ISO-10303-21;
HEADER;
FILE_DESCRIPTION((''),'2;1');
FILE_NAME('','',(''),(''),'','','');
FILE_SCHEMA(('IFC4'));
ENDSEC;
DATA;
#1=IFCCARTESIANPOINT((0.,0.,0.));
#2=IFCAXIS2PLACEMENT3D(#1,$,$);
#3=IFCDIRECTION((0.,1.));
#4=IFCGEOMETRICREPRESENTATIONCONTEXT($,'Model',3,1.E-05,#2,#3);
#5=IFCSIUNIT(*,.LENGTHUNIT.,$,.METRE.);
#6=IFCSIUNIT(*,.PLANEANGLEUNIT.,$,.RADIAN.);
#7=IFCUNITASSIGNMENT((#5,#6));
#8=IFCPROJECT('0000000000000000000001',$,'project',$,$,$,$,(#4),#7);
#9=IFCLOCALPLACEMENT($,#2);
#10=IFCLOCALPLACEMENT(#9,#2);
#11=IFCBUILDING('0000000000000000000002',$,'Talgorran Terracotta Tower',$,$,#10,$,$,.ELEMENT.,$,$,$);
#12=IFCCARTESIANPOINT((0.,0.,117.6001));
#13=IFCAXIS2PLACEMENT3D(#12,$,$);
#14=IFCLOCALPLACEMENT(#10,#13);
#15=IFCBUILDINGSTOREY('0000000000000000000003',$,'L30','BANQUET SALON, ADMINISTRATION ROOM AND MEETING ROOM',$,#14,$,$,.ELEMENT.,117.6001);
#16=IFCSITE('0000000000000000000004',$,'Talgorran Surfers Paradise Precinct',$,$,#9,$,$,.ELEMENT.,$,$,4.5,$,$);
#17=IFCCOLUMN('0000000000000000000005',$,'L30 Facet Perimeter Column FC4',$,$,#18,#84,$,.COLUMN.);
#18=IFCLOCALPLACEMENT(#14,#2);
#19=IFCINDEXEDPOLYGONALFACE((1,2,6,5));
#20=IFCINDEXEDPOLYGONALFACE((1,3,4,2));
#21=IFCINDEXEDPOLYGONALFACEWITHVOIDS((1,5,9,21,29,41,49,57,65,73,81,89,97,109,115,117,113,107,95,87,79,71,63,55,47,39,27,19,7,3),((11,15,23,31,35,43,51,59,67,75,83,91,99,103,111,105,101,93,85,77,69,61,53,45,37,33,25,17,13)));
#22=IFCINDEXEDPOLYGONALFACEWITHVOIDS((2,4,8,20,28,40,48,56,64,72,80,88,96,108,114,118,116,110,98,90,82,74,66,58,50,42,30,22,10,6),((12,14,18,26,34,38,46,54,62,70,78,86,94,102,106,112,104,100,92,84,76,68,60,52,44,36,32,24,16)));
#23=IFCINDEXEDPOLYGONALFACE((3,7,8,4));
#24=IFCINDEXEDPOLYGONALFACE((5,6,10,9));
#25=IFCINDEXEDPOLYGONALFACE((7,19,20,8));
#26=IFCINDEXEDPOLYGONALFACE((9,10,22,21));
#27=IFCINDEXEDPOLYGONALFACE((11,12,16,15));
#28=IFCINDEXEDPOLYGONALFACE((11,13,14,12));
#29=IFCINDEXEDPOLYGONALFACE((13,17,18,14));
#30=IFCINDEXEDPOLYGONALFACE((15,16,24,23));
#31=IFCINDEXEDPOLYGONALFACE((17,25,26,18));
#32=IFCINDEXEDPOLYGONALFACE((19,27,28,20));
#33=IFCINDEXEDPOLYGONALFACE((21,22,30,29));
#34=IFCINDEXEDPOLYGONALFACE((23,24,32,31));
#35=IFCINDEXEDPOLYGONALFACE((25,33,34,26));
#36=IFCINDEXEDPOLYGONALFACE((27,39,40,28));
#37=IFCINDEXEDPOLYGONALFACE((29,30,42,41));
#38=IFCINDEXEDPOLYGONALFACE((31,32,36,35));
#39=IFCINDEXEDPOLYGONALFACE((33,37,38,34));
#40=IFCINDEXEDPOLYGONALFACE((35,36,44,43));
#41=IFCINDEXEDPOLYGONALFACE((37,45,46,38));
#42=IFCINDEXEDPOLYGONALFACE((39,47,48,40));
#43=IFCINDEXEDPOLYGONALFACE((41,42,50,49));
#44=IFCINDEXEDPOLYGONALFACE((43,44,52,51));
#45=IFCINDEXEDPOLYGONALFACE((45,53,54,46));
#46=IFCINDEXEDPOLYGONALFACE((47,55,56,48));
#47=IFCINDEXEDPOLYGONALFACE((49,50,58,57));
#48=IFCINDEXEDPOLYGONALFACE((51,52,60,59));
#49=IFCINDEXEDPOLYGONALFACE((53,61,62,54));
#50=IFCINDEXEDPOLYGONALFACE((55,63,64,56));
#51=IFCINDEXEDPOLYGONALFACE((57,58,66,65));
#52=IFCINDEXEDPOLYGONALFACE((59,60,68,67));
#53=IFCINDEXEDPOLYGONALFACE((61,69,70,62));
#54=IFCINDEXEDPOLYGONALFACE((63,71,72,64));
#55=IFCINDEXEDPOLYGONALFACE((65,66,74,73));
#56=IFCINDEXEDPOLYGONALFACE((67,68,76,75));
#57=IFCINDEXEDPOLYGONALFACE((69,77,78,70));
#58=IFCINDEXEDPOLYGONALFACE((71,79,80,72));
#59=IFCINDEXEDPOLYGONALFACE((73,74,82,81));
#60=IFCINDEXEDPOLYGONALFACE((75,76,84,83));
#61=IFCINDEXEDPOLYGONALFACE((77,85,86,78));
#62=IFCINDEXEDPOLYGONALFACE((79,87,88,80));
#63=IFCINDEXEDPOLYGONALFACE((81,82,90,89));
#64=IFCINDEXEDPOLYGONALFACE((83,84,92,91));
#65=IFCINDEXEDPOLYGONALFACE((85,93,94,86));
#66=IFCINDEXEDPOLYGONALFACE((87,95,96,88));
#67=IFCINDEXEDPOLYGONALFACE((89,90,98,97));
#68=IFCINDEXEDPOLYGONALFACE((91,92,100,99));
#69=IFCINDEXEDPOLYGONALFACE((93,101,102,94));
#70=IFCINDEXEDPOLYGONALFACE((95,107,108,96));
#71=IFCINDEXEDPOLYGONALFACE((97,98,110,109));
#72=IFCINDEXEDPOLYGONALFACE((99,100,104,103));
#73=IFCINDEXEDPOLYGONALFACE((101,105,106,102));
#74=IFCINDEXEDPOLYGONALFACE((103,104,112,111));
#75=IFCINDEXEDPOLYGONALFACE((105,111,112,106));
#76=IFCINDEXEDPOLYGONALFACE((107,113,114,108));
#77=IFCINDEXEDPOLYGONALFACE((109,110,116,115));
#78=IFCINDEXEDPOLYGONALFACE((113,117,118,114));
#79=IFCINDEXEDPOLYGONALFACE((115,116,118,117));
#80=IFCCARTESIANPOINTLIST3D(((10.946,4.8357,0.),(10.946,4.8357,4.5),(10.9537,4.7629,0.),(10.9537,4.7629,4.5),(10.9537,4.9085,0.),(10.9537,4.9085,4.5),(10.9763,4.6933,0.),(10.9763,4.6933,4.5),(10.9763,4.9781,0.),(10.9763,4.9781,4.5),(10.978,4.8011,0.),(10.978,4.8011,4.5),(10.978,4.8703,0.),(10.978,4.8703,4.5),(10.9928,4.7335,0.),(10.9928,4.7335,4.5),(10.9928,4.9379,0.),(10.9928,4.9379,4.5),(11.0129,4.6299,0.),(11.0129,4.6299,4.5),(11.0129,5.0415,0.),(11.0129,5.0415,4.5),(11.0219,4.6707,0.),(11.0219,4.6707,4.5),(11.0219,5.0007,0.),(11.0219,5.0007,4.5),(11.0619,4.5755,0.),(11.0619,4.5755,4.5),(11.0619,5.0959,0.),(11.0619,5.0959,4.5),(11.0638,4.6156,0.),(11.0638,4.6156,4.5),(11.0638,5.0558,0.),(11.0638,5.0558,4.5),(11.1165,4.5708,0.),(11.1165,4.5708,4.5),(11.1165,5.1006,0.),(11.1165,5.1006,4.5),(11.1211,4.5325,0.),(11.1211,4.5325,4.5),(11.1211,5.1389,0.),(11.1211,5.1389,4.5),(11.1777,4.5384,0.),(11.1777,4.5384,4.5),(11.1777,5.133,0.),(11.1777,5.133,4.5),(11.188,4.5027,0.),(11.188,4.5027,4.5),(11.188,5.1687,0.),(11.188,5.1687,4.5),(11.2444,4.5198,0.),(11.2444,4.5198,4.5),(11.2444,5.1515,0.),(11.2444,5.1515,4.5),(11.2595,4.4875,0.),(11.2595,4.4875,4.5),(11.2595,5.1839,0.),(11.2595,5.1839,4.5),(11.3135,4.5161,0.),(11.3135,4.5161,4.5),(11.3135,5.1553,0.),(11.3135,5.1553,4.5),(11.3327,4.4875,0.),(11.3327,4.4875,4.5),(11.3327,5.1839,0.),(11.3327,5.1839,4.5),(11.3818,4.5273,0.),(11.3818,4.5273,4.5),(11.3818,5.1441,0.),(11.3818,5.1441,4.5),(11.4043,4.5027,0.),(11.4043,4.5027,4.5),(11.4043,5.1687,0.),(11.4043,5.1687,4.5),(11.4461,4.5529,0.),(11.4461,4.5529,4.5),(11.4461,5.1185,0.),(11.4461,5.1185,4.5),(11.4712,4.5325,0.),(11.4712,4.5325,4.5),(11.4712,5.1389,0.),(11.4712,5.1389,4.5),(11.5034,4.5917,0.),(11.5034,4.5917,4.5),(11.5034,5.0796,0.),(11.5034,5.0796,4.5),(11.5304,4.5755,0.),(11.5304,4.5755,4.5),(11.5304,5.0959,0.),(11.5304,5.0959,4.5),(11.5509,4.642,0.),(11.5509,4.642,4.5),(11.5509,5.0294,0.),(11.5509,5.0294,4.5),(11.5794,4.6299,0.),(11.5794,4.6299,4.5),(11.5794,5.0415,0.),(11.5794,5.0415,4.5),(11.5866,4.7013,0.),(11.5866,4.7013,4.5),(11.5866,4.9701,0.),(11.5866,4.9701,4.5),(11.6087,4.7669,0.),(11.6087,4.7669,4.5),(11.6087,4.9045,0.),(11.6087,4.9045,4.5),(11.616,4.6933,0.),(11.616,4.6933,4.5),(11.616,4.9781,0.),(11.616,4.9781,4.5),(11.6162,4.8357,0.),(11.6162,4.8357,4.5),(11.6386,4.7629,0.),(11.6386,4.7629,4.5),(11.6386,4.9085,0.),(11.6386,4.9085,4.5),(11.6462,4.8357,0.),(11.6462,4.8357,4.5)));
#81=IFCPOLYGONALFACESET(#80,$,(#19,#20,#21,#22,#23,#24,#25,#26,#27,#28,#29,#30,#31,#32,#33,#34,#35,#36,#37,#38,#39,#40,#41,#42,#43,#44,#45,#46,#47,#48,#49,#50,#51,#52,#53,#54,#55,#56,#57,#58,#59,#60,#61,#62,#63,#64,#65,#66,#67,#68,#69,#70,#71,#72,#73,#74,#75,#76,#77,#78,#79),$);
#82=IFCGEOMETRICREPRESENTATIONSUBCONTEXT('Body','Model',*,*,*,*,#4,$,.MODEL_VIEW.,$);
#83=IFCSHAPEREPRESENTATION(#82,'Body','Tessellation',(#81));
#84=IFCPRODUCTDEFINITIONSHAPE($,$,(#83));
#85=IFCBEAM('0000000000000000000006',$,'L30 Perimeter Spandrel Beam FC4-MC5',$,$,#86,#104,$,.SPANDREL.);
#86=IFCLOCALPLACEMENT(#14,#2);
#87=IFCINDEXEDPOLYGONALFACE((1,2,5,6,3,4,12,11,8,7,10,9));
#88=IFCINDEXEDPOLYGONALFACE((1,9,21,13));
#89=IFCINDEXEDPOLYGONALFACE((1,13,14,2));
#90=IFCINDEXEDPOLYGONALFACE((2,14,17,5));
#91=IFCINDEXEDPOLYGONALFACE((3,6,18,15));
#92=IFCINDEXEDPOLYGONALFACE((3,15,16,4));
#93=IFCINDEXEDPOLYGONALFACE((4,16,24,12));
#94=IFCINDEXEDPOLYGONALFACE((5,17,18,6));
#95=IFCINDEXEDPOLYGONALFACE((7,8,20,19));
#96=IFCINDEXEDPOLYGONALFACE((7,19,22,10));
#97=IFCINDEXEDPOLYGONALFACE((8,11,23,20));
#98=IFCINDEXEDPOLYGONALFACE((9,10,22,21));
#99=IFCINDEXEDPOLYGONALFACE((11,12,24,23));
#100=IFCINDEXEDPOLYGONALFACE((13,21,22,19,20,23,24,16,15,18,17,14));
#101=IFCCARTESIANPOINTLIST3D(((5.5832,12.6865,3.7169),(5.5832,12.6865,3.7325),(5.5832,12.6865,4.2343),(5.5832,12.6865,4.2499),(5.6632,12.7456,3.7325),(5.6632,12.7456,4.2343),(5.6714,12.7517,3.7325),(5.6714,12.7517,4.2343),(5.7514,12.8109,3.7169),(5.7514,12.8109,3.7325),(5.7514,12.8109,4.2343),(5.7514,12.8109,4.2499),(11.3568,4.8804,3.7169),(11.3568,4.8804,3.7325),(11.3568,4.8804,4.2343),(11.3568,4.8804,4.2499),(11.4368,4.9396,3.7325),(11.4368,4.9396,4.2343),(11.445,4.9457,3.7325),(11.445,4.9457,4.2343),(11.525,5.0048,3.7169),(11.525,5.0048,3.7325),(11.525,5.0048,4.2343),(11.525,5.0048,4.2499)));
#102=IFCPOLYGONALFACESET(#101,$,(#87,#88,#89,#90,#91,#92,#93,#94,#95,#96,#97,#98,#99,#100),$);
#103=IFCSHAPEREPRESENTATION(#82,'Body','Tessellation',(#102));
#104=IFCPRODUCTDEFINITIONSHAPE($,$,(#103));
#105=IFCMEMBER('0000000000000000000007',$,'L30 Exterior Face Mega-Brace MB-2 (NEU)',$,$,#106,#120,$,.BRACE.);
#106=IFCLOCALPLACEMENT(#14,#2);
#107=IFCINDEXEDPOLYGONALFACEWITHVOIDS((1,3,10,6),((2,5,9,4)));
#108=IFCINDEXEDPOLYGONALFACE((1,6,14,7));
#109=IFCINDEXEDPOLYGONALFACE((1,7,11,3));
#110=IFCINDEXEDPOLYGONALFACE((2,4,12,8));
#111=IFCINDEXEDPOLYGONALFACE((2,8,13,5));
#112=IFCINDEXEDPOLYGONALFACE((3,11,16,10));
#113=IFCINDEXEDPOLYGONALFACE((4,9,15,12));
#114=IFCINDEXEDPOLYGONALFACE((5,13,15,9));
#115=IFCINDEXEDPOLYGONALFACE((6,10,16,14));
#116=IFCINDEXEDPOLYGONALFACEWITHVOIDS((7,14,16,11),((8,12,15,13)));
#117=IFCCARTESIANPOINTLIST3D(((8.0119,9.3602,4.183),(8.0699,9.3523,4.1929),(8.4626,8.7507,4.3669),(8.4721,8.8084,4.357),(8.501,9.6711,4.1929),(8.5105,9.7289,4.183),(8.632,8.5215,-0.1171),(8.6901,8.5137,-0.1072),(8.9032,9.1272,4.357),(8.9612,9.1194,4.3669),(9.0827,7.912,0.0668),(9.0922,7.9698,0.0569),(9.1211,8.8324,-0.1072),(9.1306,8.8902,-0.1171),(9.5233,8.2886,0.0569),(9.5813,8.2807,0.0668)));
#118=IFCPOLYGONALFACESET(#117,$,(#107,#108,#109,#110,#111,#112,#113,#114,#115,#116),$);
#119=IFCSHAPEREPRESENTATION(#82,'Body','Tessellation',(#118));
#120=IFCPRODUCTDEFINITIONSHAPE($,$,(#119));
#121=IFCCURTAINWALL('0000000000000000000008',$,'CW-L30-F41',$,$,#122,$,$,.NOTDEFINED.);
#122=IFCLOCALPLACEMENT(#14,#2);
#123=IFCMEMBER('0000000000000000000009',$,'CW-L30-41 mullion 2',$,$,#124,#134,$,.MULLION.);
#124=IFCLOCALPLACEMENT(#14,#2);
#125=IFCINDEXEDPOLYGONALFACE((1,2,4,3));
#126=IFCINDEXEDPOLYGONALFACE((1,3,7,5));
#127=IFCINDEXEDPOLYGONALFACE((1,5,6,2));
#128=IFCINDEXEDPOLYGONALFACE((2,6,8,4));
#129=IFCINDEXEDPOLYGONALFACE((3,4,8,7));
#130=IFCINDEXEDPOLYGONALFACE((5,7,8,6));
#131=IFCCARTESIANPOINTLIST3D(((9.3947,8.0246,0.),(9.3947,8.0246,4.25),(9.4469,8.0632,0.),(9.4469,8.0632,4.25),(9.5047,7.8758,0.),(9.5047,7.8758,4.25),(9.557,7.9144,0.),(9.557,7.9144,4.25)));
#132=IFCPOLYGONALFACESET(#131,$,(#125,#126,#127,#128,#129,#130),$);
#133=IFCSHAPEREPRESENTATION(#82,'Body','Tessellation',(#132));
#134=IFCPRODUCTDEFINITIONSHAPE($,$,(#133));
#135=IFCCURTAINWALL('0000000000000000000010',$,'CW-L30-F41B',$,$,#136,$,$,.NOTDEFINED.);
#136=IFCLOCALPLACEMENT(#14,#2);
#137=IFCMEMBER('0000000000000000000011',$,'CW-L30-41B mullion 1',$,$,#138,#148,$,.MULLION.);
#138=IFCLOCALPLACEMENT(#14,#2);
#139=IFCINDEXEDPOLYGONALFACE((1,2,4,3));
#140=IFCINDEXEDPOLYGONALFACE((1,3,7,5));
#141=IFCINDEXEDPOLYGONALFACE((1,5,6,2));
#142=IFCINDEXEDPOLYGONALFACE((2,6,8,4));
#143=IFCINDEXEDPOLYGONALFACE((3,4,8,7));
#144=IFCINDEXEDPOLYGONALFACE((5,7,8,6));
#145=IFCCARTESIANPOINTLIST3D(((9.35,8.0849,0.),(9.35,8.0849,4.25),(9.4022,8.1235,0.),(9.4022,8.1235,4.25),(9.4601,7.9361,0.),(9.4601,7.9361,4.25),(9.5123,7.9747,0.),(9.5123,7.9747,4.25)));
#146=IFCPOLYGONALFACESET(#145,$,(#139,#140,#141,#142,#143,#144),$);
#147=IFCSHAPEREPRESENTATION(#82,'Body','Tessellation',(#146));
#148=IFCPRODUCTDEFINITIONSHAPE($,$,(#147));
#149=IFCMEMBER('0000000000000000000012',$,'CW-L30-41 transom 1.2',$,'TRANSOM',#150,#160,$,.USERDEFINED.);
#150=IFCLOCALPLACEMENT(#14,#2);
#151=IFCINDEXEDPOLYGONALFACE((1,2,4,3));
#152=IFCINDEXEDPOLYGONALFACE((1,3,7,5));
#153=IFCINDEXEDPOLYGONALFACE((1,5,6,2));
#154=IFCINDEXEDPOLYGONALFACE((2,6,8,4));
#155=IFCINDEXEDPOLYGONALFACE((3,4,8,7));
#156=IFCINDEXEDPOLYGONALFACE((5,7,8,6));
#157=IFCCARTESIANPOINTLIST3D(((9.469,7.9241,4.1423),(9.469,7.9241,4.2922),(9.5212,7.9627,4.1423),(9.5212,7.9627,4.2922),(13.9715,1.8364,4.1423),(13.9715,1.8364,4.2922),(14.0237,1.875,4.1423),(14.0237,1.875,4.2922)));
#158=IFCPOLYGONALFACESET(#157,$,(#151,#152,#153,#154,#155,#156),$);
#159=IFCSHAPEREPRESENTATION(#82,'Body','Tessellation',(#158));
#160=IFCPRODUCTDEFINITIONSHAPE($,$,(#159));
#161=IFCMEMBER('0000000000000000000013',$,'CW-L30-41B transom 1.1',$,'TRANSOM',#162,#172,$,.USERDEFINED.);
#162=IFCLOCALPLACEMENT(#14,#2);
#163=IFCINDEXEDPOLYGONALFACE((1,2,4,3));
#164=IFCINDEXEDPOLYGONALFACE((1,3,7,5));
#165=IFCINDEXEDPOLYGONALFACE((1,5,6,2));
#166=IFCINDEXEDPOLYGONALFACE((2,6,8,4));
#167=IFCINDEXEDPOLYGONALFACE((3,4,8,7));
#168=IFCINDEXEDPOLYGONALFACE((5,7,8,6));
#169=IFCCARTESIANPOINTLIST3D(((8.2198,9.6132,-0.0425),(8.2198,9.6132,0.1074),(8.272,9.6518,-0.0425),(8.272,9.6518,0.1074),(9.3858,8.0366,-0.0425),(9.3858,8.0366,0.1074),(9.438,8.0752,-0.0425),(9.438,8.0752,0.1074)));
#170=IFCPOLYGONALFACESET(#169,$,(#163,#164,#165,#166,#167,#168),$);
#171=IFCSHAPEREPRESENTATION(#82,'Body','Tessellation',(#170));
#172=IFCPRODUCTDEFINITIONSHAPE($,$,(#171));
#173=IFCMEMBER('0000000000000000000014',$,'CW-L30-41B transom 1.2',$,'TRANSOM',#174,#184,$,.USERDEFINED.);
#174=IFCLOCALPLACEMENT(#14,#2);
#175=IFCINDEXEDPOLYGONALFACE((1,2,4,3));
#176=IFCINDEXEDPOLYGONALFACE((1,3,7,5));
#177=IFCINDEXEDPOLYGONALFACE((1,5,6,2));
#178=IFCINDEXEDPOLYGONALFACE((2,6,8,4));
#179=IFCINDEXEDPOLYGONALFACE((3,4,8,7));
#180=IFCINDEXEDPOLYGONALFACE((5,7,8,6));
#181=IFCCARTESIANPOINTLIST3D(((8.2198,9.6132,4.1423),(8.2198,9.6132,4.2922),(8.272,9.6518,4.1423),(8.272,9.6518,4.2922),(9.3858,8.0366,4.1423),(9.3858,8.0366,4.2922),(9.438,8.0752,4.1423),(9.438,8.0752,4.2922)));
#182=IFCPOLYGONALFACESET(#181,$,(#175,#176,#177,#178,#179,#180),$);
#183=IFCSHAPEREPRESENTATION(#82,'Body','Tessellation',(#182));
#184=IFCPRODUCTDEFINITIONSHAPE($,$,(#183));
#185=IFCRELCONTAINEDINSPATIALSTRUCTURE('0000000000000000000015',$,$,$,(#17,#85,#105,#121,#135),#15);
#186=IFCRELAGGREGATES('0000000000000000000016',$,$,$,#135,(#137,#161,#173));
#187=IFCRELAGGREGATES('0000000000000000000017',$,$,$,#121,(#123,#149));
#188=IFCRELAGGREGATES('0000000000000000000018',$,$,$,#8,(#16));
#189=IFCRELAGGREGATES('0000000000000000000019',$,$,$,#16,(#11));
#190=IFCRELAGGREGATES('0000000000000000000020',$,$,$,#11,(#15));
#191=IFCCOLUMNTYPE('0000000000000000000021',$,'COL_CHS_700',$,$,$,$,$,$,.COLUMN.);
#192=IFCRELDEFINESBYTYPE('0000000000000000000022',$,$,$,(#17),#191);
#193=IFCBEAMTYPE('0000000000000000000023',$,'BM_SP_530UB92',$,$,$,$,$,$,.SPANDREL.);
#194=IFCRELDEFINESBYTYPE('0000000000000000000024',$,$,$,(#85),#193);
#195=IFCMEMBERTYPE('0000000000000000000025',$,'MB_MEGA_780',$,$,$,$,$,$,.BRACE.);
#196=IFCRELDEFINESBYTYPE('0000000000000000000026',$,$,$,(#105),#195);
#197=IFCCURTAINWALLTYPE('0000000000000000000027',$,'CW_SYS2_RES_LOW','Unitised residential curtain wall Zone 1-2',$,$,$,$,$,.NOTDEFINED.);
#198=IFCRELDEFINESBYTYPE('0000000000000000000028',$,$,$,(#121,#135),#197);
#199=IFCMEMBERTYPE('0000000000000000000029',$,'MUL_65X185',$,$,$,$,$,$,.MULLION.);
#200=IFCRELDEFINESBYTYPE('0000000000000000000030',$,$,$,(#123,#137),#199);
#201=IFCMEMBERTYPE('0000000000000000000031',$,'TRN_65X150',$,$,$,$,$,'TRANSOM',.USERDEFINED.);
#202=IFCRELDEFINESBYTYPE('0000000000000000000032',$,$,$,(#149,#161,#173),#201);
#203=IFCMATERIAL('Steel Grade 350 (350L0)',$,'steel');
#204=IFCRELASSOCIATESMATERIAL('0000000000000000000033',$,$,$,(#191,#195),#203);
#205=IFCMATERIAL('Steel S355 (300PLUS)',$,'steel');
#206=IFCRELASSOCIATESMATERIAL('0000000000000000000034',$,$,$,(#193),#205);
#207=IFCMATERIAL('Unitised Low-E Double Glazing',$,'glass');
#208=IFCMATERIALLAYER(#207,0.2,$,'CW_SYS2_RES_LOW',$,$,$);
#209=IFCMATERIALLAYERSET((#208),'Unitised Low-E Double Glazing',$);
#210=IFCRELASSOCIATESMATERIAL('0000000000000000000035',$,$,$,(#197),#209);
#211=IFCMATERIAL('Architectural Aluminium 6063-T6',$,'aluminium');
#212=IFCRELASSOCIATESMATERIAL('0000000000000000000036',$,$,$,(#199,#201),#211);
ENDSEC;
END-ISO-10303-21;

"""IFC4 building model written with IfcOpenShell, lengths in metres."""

from ifc_helpers import new_model, si_unit, direction, frame, origin, origin_2d, place, context, subcontext, project, spatial, rectangle, hollow_rectangle, hollow_circle, i_section, extrude, material, layer, layer_set, material_profile, profile_set, type_object, element, aggregate, save


model = new_model("IFC4")

# Units and contexts
model_context = context("Model", 3, precision=1e-05, world=origin(), true_north=direction((0.0, 1.0)))
body_context = subcontext(model_context, "Body", "Model", "MODEL_VIEW")
ifc_project = project(units=[si_unit("LENGTHUNIT", "METRE"), si_unit("PLANEANGLEUNIT", "RADIAN")], contexts=[model_context])

# Site, building, storey
site_placement = place(None, origin())
site = spatial("IfcSite", under=ifc_project, at=site_placement, Name="Talgorran Surfers Paradise Precinct", CompositionType="ELEMENT", RefElevation=4.5)
building_placement = place(site_placement, origin())
building = spatial("IfcBuilding", under=site, at=building_placement, Name="Talgorran Terracotta Tower", CompositionType="ELEMENT")
storey_placement = place(building_placement, frame((0.0, 0.0, 117.6001)))
storey = spatial("IfcBuildingStorey", under=building, at=storey_placement, Name="L30", Description="BANQUET SALON, ADMINISTRATION ROOM AND MEETING ROOM", CompositionType="ELEMENT", Elevation=117.6001)

# Column
ifc_material_1 = material(Name="Steel Grade 350 (350L0)", Category="steel")
ifc_material_profile_1 = material_profile(ifc_material_1, hollow_circle(Radius=0.3501, WallThickness=0.03, at=origin_2d()), Name="CHS700X30")
ifc_profile_set_1 = profile_set([ifc_material_profile_1], Name="Steel Grade 350 (350L0)")
column_type = type_object("IfcColumnType", Name="COL_CHS_700", PredefinedType="COLUMN", material=ifc_profile_set_1)
column_placement = place(storey_placement, frame((11.2961, 4.8357, 0.0), z_axis=(0.0, 0.0, 1.0), x_axis=(1.0, 0.0, 0.0)))
element("IfcColumn", 1, at=column_placement, inside=storey, type_object=column_type, Name="L30 Facet Perimeter Column FC4", PredefinedType="COLUMN", context=body_context, shape_type="SweptSolid", body=[
    extrude(hollow_circle(Radius=0.3501, WallThickness=0.03, at=origin_2d()), origin(), (0.0, 0.0, 1.0), 4.5),
])

# Beam
ifc_material_2 = material(Name="Steel S355 (300PLUS)", Category="steel")
ifc_material_profile_2 = material_profile(ifc_material_2, i_section(OverallWidth=0.2092, OverallDepth=0.533, WebThickness=0.0103, FlangeThickness=0.0156, at=origin_2d()), Name="530UB92.4")
ifc_profile_set_2 = profile_set([ifc_material_profile_2], Name="Steel S355 (300PLUS)")
beam_type = type_object("IfcBeamType", Name="BM_SP_530UB92", PredefinedType="SPANDREL", material=ifc_profile_set_2)
beam_placement = place(storey_placement, frame((11.4409, 4.9426, 3.9834), z_axis=(-0.594652, 0.803983, 0.0), x_axis=(-0.803983, -0.594652, 0.0)))
element("IfcBeam", 2, at=beam_placement, inside=storey, type_object=beam_type, Name="L30 Perimeter Spandrel Beam FC4-MC5", PredefinedType="SPANDREL", context=body_context, shape_type="SweptSolid", body=[
    extrude(i_section(OverallWidth=0.2092, OverallDepth=0.533, WebThickness=0.0103, FlangeThickness=0.0156, at=origin_2d()), origin(), (0.0, 0.0, 1.0), 9.7092),
])

# Member
ifc_material_profile_3 = material_profile(ifc_material_1, hollow_rectangle(XDim=0.6201, YDim=0.78, WallThickness=0.042, at=origin_2d()), Name="WBOX780X620X42")
ifc_profile_set_3 = profile_set([ifc_material_profile_3], Name="Steel Grade 350 (350L0)")
member_type_1 = type_object("IfcMemberType", Name="MB_MEGA_780", PredefinedType="BRACE", material=ifc_profile_set_3)
member_1_placement = place(storey_placement, frame((9.1067, 8.4011, -0.0251), z_axis=(-0.140148, 0.189531, 0.971821), x_axis=(-0.804055, -0.594556, 0.0)))
element("IfcMember", 3, at=member_1_placement, inside=storey, type_object=member_type_1, Name="L30 Exterior Face Mega-Brace MB-2 (NEU)", PredefinedType="BRACE", context=body_context, shape_type="SweptSolid", body=[
    extrude(hollow_rectangle(XDim=0.6201, YDim=0.78, WallThickness=0.042, at=origin_2d()), origin(), (0.0, 0.0, 1.0), 4.4248),
])

# Curtain walls, members
ifc_material_3 = material(Name="Unitised Low-E Double Glazing", Category="glass")
ifc_layer_1 = layer(ifc_material_3, 0.2, Name="CW_SYS2_RES_LOW")
ifc_layer_set_1 = layer_set([ifc_layer_1], Name="Unitised Low-E Double Glazing")
curtain_wall_type = type_object("IfcCurtainWallType", Name="CW_SYS2_RES_LOW", Description="Unitised residential curtain wall Zone 1-2", PredefinedType="NOTDEFINED", material=ifc_layer_set_1)
curtain_wall_1_placement = place(storey_placement, origin())
curtain_wall_1 = element("IfcCurtainWall", 4, at=curtain_wall_1_placement, inside=storey, type_object=curtain_wall_type, Name="CW-L30-F41", PredefinedType="NOTDEFINED")
ifc_material_4 = material(Name="Architectural Aluminium 6063-T6", Category="aluminium")
ifc_material_profile_4 = material_profile(ifc_material_4, rectangle(XDim=0.0649, YDim=0.1851, at=origin_2d()), Name="CWM65X185")
ifc_profile_set_4 = profile_set([ifc_material_profile_4], Name="Architectural Aluminium 6063-T6")
member_type_2 = type_object("IfcMemberType", Name="MUL_65X185", PredefinedType="MULLION", material=ifc_profile_set_4)
member_2_placement = place(storey_placement, frame((9.4758, 7.9695, 0.0), z_axis=(0.0, 0.0, 1.0), x_axis=(-0.803994, -0.594637, 0.0)))
member_2 = element("IfcMember", 5, at=member_2_placement, type_object=member_type_2, Name="CW-L30-41 mullion 2", PredefinedType="MULLION", context=body_context, shape_type="SweptSolid", body=[
    extrude(rectangle(XDim=0.0649, YDim=0.1851, at=origin_2d()), origin(), (0.0, 0.0, 1.0), 4.25),
])
curtain_wall_2_placement = place(storey_placement, origin())
curtain_wall_2 = element("IfcCurtainWall", 6, at=curtain_wall_2_placement, inside=storey, type_object=curtain_wall_type, Name="CW-L30-F41B", PredefinedType="NOTDEFINED")
member_3_placement = place(storey_placement, frame((9.4312, 8.0298, 0.0), z_axis=(0.0, 0.0, 1.0), x_axis=(-0.803999, -0.59463, 0.0)))
member_3 = element("IfcMember", 7, at=member_3_placement, type_object=member_type_2, Name="CW-L30-41B mullion 1", PredefinedType="MULLION", context=body_context, shape_type="SweptSolid", body=[
    extrude(rectangle(XDim=0.0649, YDim=0.1851, at=origin_2d()), origin(), (0.0, 0.0, 1.0), 4.25),
])

# Members
ifc_material_profile_5 = material_profile(ifc_material_4, rectangle(XDim=0.0649, YDim=0.1499, at=origin_2d()), Name="CWT65X150")
ifc_profile_set_5 = profile_set([ifc_material_profile_5], Name="Architectural Aluminium 6063-T6")
member_type_3 = type_object("IfcMemberType", Name="TRN_65X150", ElementType="TRANSOM", PredefinedType="USERDEFINED", material=ifc_profile_set_5)
member_4_placement = place(storey_placement, frame((13.9976, 1.8557, 4.2173), z_axis=(-0.594637, 0.803995, 0.0), x_axis=(-0.803995, -0.594637, 0.0)))
member_4 = element("IfcMember", 8, at=member_4_placement, type_object=member_type_3, Name="CW-L30-41 transom 1.2", ObjectType="TRANSOM", PredefinedType="USERDEFINED", context=body_context, shape_type="SweptSolid", body=[
    extrude(rectangle(XDim=0.0649, YDim=0.1499, at=origin_2d()), origin(), (0.0, 0.0, 1.0), 7.5718),
])
member_5_placement = place(storey_placement, frame((9.4119, 8.0559, 0.0325), z_axis=(-0.594608, 0.804016, 0.0), x_axis=(-0.804016, -0.594608, 0.0)))
member_5 = element("IfcMember", 9, at=member_5_placement, type_object=member_type_3, Name="CW-L30-41B transom 1.1", ObjectType="TRANSOM", PredefinedType="USERDEFINED", context=body_context, shape_type="SweptSolid", body=[
    extrude(rectangle(XDim=0.0649, YDim=0.1499, at=origin_2d()), origin(), (0.0, 0.0, 1.0), 1.9609),
])
member_6_placement = place(storey_placement, frame((9.4119, 8.0559, 4.2173), z_axis=(-0.594608, 0.804016, 0.0), x_axis=(-0.804016, -0.594608, 0.0)))
member_6 = element("IfcMember", 10, at=member_6_placement, type_object=member_type_3, Name="CW-L30-41B transom 1.2", ObjectType="TRANSOM", PredefinedType="USERDEFINED", context=body_context, shape_type="SweptSolid", body=[
    extrude(rectangle(XDim=0.0649, YDim=0.1499, at=origin_2d()), origin(), (0.0, 0.0, 1.0), 1.9609),
])

aggregate(curtain_wall_2, [member_3, member_5, member_6])
aggregate(curtain_wall_1, [member_2, member_4])

save(model, "model.ifc")
